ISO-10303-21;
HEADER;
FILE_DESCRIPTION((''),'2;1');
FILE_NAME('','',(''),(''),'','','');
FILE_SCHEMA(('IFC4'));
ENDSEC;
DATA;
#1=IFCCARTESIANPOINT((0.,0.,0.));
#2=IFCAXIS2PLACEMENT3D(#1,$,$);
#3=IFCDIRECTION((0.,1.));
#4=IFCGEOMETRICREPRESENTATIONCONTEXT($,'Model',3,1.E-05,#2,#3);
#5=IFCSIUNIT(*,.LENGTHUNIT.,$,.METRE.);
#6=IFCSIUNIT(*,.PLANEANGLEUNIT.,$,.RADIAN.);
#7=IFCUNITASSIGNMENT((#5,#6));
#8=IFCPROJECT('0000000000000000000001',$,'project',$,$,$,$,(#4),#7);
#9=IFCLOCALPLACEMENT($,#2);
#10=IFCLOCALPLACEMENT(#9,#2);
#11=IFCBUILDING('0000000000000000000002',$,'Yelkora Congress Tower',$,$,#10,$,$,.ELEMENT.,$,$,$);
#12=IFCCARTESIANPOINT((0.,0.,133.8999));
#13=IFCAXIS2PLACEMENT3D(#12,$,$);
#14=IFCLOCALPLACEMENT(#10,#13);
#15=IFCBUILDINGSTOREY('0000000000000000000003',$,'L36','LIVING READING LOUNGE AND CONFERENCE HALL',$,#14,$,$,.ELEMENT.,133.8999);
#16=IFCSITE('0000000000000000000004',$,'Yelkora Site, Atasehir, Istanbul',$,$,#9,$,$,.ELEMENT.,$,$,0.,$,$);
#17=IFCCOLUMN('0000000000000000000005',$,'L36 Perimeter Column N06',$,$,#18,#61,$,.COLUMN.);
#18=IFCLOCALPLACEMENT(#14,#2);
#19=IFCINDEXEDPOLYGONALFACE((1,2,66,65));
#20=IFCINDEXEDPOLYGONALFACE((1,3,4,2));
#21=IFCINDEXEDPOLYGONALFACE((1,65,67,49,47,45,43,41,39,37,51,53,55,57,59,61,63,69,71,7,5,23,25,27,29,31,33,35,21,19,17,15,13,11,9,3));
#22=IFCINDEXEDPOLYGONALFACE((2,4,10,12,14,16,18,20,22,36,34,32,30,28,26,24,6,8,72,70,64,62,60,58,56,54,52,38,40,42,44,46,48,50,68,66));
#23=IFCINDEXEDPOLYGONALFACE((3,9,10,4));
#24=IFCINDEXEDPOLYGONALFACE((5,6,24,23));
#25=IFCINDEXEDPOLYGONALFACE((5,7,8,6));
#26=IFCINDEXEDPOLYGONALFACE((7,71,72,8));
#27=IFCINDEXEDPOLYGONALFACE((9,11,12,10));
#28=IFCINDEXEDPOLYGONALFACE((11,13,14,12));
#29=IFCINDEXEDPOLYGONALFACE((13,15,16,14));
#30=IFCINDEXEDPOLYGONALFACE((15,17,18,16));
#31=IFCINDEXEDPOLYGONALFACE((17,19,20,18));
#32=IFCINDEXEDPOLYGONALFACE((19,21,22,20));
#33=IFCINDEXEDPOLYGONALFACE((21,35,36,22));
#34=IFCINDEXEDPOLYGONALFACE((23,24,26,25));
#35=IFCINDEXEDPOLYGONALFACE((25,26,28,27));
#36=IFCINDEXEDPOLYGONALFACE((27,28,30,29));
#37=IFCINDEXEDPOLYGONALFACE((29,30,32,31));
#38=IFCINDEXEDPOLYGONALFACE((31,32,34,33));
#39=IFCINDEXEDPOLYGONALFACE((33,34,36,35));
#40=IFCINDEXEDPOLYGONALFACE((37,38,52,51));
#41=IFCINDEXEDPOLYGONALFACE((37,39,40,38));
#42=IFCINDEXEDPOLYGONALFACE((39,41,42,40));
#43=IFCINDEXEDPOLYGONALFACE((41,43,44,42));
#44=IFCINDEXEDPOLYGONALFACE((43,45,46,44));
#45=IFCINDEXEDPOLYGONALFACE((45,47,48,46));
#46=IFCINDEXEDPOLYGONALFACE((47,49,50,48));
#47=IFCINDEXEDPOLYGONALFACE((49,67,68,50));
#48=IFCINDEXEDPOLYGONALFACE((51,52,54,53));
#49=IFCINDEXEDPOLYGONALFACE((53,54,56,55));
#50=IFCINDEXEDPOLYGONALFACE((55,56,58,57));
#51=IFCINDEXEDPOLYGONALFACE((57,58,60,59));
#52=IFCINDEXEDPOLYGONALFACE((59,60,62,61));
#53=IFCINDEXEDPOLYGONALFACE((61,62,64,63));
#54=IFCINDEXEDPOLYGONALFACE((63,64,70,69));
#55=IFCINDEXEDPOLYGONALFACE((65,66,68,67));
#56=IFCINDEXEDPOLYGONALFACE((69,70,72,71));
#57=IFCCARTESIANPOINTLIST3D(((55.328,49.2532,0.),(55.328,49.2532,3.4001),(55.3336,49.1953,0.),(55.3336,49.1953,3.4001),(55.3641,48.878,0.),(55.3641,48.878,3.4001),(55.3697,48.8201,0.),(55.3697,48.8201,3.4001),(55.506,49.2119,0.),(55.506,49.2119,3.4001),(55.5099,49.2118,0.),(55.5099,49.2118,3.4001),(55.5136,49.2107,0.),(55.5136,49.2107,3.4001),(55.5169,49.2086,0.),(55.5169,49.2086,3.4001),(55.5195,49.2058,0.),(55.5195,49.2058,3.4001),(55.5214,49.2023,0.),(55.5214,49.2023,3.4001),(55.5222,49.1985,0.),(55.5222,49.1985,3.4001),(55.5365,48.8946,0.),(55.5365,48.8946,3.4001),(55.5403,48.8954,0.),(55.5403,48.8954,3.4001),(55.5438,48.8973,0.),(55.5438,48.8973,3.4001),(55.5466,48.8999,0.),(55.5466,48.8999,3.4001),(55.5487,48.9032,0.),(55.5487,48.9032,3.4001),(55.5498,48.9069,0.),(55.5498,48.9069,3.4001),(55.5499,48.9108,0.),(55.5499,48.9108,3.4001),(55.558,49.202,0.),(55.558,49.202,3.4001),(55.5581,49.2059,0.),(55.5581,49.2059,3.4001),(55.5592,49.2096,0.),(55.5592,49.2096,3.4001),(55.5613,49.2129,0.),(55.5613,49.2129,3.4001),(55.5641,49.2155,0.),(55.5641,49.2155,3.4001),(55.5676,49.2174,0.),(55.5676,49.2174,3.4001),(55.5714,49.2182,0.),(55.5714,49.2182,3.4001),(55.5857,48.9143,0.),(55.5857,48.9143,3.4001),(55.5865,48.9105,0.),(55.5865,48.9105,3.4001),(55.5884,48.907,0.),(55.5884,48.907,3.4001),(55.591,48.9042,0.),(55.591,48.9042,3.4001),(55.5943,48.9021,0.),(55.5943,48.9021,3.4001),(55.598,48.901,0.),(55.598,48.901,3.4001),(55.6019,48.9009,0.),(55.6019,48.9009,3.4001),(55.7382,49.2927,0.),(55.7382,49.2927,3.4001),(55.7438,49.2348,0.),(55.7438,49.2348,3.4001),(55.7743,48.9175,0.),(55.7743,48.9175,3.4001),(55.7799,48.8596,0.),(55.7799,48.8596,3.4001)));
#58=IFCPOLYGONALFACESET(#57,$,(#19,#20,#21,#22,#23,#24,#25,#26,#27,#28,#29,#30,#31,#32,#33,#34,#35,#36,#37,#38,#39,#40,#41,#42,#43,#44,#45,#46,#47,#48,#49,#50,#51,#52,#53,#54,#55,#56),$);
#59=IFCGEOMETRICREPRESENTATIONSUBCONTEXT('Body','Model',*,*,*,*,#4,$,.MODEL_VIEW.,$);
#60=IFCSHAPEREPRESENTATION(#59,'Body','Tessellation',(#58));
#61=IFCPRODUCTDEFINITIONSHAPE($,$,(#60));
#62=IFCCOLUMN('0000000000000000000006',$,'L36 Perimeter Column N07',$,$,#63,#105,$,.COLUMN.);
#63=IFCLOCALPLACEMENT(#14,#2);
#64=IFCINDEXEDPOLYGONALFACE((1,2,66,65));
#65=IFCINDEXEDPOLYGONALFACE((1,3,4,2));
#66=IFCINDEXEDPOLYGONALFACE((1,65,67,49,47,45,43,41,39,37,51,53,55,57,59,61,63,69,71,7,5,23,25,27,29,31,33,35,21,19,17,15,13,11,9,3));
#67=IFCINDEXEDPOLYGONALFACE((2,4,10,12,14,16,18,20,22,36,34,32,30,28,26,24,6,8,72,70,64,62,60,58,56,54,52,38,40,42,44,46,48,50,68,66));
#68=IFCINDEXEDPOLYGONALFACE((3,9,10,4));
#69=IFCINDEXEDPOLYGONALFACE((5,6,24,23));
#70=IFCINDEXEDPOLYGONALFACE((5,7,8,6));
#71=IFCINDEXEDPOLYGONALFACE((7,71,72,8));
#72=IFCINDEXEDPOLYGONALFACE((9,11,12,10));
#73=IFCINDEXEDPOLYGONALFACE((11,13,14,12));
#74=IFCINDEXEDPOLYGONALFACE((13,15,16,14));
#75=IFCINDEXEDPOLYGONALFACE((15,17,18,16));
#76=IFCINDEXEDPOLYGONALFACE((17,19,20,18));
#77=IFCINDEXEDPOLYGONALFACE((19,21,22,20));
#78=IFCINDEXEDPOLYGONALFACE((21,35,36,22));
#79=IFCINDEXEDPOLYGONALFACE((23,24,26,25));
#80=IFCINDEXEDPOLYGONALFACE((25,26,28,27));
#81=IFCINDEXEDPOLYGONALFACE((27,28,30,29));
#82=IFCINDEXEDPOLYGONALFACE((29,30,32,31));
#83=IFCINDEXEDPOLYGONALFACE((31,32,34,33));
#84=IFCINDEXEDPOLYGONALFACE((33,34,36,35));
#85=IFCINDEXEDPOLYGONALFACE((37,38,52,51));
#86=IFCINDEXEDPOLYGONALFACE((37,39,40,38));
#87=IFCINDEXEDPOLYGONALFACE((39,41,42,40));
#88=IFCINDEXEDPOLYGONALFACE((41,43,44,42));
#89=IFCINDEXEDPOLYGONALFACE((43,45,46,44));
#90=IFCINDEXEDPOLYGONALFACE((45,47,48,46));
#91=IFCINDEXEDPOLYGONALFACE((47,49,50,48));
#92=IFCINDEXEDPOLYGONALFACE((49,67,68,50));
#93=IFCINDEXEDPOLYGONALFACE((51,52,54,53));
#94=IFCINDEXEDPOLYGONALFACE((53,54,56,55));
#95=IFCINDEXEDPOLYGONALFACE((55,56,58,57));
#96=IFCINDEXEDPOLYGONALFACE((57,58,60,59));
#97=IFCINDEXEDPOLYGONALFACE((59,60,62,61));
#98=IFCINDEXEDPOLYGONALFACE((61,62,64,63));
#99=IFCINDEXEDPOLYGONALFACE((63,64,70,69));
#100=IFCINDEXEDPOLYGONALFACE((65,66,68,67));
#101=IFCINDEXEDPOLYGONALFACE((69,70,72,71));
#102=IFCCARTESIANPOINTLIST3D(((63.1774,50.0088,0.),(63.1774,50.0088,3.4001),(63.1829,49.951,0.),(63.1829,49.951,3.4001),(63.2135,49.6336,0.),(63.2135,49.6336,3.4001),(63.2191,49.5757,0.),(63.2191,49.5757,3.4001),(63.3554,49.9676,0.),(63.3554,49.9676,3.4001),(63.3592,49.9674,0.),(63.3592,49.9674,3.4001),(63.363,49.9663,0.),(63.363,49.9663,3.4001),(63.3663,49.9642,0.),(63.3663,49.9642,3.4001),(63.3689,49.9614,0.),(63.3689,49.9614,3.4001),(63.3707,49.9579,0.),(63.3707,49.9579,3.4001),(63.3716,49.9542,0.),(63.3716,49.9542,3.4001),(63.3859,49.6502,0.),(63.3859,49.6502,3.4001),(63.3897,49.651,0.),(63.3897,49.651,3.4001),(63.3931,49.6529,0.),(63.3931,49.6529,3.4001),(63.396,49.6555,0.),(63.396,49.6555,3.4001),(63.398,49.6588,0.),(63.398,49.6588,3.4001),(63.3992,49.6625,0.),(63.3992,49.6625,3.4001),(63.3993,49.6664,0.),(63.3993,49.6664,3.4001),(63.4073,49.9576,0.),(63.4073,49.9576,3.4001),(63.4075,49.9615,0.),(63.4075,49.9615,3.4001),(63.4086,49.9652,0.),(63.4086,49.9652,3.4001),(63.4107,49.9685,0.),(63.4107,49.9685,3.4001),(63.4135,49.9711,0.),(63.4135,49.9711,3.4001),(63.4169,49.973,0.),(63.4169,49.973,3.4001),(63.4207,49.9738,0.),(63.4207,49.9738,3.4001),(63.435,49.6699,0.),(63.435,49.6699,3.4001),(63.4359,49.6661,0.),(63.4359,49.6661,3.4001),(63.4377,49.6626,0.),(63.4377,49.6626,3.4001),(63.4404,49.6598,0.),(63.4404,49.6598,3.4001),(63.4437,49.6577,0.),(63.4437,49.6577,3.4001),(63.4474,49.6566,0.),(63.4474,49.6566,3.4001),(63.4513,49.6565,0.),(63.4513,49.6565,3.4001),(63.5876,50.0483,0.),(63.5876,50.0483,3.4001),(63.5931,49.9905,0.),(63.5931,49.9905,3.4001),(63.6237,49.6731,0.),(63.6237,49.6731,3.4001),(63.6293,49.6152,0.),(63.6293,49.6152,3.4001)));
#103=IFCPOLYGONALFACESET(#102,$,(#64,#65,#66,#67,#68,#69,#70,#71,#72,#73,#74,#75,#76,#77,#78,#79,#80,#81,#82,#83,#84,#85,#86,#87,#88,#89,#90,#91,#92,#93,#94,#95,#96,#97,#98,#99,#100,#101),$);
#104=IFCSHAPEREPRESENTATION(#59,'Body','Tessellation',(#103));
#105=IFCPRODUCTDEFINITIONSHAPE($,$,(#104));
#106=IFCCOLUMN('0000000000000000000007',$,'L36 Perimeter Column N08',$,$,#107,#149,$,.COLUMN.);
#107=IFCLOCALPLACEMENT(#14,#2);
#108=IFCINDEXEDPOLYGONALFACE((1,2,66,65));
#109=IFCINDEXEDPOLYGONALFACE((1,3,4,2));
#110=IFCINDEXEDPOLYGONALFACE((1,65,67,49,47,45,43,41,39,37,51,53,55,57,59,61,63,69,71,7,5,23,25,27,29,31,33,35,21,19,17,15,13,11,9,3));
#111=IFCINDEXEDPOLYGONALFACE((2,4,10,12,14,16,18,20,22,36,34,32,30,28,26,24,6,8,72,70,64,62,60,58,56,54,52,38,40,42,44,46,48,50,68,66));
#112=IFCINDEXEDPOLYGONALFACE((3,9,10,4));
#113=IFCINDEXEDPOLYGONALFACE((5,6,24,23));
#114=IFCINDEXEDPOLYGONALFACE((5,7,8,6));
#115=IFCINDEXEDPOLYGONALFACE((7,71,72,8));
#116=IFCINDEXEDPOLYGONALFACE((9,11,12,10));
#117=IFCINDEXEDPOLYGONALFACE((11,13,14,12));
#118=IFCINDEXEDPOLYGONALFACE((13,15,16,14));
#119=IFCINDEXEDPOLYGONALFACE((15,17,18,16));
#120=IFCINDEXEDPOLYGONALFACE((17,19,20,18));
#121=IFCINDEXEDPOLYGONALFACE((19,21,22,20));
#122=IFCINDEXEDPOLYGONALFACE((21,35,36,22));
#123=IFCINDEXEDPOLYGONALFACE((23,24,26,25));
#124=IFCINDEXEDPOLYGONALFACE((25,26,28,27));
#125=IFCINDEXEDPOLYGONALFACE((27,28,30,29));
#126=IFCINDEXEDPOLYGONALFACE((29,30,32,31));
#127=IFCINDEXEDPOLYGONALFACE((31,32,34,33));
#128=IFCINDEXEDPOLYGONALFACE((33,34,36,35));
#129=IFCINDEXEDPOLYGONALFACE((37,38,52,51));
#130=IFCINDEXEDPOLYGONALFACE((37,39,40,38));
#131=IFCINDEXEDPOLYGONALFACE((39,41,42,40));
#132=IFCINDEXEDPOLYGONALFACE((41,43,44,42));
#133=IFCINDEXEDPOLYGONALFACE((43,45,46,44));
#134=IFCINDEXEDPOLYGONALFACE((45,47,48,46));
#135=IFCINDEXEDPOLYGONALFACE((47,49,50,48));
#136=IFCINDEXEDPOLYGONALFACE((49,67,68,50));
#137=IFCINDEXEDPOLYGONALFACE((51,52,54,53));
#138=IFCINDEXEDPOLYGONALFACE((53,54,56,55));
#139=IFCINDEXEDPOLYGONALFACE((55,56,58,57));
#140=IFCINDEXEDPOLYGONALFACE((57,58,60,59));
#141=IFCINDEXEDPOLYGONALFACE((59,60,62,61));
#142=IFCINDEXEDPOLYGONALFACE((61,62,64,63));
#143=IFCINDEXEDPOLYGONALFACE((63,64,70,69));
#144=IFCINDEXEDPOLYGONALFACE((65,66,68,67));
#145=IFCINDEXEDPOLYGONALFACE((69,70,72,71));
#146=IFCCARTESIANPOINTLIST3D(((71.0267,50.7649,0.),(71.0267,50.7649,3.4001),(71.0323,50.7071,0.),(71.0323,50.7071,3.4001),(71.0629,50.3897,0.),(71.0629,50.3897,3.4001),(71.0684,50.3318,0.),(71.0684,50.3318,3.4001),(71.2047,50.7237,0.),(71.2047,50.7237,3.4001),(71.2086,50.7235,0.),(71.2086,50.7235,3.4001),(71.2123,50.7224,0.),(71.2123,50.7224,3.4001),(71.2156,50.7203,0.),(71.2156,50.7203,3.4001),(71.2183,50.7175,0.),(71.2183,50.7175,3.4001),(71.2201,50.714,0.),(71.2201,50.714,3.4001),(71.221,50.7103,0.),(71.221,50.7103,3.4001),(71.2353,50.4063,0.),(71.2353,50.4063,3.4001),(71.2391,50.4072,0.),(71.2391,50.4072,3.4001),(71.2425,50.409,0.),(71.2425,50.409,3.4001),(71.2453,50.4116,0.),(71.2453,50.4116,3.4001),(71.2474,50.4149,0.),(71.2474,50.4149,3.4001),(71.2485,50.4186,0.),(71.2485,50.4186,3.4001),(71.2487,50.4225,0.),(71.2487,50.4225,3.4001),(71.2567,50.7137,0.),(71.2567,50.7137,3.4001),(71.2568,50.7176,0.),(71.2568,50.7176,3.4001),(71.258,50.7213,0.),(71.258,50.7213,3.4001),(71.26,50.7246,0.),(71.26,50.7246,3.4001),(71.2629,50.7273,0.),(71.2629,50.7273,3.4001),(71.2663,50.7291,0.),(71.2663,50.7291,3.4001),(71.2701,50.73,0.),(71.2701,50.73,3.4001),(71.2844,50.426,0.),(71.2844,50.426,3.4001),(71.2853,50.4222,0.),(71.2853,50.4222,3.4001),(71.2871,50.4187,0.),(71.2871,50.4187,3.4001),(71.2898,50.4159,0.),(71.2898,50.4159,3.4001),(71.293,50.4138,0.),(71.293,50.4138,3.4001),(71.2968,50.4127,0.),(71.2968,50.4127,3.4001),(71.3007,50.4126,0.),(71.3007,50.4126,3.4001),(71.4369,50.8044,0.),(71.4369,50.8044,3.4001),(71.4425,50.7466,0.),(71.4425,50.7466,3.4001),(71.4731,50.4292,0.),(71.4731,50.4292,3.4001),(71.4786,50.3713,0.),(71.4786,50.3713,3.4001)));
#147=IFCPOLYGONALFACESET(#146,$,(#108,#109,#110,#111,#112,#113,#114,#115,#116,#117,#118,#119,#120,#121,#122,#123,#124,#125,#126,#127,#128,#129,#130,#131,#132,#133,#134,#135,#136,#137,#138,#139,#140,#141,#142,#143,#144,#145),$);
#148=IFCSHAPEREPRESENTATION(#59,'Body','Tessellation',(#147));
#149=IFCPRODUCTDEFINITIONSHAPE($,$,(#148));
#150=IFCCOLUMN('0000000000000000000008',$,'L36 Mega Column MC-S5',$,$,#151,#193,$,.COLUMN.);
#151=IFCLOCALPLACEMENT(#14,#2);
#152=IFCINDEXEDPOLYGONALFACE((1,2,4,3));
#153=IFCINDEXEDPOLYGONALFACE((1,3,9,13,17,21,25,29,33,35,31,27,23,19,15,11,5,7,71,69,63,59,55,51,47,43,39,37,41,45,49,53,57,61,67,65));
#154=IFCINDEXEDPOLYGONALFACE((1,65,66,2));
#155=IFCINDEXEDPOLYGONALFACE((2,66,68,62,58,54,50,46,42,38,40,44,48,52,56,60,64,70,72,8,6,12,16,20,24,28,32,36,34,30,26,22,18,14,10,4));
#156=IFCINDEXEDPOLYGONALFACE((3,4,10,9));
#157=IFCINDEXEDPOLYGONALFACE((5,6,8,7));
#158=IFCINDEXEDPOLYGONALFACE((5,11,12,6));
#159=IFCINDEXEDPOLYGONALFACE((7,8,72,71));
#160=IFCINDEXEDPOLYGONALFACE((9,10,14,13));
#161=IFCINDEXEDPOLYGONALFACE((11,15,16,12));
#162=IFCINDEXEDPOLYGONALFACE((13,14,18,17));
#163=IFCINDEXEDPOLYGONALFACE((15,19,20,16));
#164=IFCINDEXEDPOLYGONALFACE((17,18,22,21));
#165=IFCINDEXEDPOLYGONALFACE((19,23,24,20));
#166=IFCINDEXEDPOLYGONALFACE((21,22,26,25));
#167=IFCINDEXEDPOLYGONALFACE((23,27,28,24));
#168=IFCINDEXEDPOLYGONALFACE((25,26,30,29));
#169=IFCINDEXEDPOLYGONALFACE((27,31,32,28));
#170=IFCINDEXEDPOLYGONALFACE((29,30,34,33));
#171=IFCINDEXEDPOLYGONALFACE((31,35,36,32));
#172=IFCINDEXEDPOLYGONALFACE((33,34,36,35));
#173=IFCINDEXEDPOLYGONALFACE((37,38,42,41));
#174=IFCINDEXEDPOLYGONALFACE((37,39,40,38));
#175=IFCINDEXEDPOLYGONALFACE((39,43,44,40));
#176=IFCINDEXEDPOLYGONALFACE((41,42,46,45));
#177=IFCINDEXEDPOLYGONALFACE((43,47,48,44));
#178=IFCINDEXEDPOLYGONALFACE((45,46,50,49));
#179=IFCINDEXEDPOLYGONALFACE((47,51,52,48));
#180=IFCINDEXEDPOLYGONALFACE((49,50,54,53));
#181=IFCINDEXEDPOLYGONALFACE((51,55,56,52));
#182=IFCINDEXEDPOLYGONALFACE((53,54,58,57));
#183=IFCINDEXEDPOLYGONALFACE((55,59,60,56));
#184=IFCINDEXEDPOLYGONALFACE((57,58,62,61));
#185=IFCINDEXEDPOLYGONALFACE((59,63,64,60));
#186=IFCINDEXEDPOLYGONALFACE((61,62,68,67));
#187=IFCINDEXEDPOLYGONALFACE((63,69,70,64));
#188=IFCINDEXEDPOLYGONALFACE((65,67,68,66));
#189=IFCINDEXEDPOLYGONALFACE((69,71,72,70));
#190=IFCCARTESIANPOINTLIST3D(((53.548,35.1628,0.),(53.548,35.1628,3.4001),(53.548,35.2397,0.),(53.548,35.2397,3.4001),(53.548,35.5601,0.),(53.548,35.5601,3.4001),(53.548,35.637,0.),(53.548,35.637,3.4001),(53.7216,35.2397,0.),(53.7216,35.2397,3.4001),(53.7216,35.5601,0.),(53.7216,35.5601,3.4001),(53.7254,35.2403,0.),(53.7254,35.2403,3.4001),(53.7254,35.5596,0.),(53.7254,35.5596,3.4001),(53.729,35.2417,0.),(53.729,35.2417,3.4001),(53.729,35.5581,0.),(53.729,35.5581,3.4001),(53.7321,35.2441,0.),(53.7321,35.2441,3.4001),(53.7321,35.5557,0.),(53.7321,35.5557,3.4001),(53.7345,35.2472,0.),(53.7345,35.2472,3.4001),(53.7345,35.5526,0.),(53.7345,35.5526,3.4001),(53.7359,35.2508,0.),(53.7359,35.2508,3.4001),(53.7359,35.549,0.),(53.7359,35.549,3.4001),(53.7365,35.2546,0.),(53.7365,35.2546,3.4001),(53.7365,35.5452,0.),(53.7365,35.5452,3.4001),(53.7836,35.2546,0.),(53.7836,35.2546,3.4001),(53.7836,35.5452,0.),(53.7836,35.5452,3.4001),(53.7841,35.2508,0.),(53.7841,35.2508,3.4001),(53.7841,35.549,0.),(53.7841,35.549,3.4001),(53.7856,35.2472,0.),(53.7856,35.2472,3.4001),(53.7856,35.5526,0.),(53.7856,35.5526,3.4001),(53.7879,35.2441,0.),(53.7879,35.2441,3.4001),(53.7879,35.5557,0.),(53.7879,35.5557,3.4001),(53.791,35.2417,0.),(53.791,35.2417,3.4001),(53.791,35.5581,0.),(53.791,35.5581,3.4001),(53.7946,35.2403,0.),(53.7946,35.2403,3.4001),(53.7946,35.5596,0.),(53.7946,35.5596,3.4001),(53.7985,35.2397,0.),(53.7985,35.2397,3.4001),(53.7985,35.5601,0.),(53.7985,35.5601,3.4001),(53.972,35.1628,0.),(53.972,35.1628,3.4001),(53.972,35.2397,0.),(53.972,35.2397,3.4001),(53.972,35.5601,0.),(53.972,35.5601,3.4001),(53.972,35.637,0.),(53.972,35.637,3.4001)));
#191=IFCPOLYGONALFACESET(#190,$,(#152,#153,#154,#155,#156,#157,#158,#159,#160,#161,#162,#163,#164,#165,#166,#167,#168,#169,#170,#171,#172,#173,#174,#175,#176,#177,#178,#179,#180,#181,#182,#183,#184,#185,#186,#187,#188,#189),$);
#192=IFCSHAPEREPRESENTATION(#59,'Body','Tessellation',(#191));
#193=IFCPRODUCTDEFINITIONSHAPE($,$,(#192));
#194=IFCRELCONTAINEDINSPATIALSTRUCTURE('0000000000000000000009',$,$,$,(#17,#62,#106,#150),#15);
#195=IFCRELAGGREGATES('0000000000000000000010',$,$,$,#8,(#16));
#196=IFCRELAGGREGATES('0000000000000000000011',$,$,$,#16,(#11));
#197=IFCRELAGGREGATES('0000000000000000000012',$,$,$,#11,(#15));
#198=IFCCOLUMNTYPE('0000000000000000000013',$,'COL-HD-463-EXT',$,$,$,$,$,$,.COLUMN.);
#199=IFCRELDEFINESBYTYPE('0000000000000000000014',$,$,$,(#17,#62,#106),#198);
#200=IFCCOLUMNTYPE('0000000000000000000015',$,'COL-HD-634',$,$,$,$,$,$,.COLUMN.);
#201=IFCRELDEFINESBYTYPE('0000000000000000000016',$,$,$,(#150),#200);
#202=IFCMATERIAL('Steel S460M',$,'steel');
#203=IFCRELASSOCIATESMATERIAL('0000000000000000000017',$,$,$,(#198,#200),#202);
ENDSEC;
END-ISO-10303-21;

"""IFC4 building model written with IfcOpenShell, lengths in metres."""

from ifc_helpers import new_model, si_unit, direction, frame, origin, origin_2d, place, context, subcontext, project, spatial, i_section, extrude, material, material_profile, profile_set, type_object, element, save


model = new_model("IFC4")

# Units and contexts
model_context = context("Model", 3, precision=1e-05, world=origin(), true_north=direction((0.0, 1.0)))
body_context = subcontext(model_context, "Body", "Model", "MODEL_VIEW")
ifc_project = project(units=[si_unit("LENGTHUNIT", "METRE"), si_unit("PLANEANGLEUNIT", "RADIAN")], contexts=[model_context])

# Site, building, storey
site_placement = place(None, origin())
site = spatial("IfcSite", under=ifc_project, at=site_placement, Name="Yelkora Site, Atasehir, Istanbul", CompositionType="ELEMENT", RefElevation=0.0)
building_placement = place(site_placement, origin())
building = spatial("IfcBuilding", under=site, at=building_placement, Name="Yelkora Congress Tower", CompositionType="ELEMENT")
storey_placement = place(building_placement, frame((0.0, 0.0, 133.8999)))
storey = spatial("IfcBuildingStorey", under=building, at=storey_placement, Name="L36", Description="LIVING READING LOUNGE AND CONFERENCE HALL", CompositionType="ELEMENT", Elevation=133.8999)

# Columns
ifc_material_1 = material(Name="Steel S460M", Category="steel")
ifc_material_profile_1 = material_profile(ifc_material_1, i_section(OverallWidth=0.4121, OverallDepth=0.4351, WebThickness=0.0359, FlangeThickness=0.0581, FilletRadius=0.0149, at=origin_2d()), Name="HD 400x463")
ifc_profile_set_1 = profile_set([ifc_material_profile_1], Name="Steel S460M")
column_type_1 = type_object("IfcColumnType", Name="COL-HD-463-EXT", PredefinedType="COLUMN", material=ifc_profile_set_1)
for number, where, z_axis, x_axis, name in (
    (1, (55.554, 49.0564, 0.0), (0.0, 0.0, 1.0), (0.995396, 0.095846, 0.0), "L36 Perimeter Column N06"),
    (2, (63.4033, 49.812, 0.0), (0.0, 0.0, 1.0), (0.995396, 0.095846, 0.0), "L36 Perimeter Column N07"),
    (3, (71.2527, 50.5681, 0.0), (0.0, 0.0, 1.0), (0.995396, 0.095846, 0.0), "L36 Perimeter Column N08"),
):
    element("IfcColumn", number, at=place(storey_placement, frame(where, z_axis=z_axis, x_axis=x_axis)), inside=storey, type_object=column_type_1, Name=name, PredefinedType="COLUMN", context=body_context, shape_type="SweptSolid", body=[
        extrude(i_section(OverallWidth=0.4121, OverallDepth=0.4351, WebThickness=0.0359, FlangeThickness=0.0581, FilletRadius=0.0149, at=origin_2d()), origin(), (0.0, 0.0, 1.0), 3.4001),
    ])
ifc_material_profile_2 = material_profile(ifc_material_1, i_section(OverallWidth=0.4241, OverallDepth=0.4741, WebThickness=0.0471, FlangeThickness=0.0769, FilletRadius=0.0149, at=origin_2d()), Name="HD 400x634")
ifc_profile_set_2 = profile_set([ifc_material_profile_2], Name="Steel S460M")
column_type_2 = type_object("IfcColumnType", Name="COL-HD-634", PredefinedType="COLUMN", material=ifc_profile_set_2)
for number, where, z_axis, x_axis, name in (
    (4, (53.76, 35.3999, 0.0), (0.0, 0.0, 1.0), (1.0, 0.0, 0.0), "L36 Mega Column MC-S5"),
):
    element("IfcColumn", number, at=place(storey_placement, frame(where, z_axis=z_axis, x_axis=x_axis)), inside=storey, type_object=column_type_2, Name=name, PredefinedType="COLUMN", context=body_context, shape_type="SweptSolid", body=[
        extrude(i_section(OverallWidth=0.4241, OverallDepth=0.4741, WebThickness=0.0471, FlangeThickness=0.0769, FilletRadius=0.0149, at=origin_2d()), origin(), (0.0, 0.0, 1.0), 3.4001),
    ])

save(model, "model.ifc")
